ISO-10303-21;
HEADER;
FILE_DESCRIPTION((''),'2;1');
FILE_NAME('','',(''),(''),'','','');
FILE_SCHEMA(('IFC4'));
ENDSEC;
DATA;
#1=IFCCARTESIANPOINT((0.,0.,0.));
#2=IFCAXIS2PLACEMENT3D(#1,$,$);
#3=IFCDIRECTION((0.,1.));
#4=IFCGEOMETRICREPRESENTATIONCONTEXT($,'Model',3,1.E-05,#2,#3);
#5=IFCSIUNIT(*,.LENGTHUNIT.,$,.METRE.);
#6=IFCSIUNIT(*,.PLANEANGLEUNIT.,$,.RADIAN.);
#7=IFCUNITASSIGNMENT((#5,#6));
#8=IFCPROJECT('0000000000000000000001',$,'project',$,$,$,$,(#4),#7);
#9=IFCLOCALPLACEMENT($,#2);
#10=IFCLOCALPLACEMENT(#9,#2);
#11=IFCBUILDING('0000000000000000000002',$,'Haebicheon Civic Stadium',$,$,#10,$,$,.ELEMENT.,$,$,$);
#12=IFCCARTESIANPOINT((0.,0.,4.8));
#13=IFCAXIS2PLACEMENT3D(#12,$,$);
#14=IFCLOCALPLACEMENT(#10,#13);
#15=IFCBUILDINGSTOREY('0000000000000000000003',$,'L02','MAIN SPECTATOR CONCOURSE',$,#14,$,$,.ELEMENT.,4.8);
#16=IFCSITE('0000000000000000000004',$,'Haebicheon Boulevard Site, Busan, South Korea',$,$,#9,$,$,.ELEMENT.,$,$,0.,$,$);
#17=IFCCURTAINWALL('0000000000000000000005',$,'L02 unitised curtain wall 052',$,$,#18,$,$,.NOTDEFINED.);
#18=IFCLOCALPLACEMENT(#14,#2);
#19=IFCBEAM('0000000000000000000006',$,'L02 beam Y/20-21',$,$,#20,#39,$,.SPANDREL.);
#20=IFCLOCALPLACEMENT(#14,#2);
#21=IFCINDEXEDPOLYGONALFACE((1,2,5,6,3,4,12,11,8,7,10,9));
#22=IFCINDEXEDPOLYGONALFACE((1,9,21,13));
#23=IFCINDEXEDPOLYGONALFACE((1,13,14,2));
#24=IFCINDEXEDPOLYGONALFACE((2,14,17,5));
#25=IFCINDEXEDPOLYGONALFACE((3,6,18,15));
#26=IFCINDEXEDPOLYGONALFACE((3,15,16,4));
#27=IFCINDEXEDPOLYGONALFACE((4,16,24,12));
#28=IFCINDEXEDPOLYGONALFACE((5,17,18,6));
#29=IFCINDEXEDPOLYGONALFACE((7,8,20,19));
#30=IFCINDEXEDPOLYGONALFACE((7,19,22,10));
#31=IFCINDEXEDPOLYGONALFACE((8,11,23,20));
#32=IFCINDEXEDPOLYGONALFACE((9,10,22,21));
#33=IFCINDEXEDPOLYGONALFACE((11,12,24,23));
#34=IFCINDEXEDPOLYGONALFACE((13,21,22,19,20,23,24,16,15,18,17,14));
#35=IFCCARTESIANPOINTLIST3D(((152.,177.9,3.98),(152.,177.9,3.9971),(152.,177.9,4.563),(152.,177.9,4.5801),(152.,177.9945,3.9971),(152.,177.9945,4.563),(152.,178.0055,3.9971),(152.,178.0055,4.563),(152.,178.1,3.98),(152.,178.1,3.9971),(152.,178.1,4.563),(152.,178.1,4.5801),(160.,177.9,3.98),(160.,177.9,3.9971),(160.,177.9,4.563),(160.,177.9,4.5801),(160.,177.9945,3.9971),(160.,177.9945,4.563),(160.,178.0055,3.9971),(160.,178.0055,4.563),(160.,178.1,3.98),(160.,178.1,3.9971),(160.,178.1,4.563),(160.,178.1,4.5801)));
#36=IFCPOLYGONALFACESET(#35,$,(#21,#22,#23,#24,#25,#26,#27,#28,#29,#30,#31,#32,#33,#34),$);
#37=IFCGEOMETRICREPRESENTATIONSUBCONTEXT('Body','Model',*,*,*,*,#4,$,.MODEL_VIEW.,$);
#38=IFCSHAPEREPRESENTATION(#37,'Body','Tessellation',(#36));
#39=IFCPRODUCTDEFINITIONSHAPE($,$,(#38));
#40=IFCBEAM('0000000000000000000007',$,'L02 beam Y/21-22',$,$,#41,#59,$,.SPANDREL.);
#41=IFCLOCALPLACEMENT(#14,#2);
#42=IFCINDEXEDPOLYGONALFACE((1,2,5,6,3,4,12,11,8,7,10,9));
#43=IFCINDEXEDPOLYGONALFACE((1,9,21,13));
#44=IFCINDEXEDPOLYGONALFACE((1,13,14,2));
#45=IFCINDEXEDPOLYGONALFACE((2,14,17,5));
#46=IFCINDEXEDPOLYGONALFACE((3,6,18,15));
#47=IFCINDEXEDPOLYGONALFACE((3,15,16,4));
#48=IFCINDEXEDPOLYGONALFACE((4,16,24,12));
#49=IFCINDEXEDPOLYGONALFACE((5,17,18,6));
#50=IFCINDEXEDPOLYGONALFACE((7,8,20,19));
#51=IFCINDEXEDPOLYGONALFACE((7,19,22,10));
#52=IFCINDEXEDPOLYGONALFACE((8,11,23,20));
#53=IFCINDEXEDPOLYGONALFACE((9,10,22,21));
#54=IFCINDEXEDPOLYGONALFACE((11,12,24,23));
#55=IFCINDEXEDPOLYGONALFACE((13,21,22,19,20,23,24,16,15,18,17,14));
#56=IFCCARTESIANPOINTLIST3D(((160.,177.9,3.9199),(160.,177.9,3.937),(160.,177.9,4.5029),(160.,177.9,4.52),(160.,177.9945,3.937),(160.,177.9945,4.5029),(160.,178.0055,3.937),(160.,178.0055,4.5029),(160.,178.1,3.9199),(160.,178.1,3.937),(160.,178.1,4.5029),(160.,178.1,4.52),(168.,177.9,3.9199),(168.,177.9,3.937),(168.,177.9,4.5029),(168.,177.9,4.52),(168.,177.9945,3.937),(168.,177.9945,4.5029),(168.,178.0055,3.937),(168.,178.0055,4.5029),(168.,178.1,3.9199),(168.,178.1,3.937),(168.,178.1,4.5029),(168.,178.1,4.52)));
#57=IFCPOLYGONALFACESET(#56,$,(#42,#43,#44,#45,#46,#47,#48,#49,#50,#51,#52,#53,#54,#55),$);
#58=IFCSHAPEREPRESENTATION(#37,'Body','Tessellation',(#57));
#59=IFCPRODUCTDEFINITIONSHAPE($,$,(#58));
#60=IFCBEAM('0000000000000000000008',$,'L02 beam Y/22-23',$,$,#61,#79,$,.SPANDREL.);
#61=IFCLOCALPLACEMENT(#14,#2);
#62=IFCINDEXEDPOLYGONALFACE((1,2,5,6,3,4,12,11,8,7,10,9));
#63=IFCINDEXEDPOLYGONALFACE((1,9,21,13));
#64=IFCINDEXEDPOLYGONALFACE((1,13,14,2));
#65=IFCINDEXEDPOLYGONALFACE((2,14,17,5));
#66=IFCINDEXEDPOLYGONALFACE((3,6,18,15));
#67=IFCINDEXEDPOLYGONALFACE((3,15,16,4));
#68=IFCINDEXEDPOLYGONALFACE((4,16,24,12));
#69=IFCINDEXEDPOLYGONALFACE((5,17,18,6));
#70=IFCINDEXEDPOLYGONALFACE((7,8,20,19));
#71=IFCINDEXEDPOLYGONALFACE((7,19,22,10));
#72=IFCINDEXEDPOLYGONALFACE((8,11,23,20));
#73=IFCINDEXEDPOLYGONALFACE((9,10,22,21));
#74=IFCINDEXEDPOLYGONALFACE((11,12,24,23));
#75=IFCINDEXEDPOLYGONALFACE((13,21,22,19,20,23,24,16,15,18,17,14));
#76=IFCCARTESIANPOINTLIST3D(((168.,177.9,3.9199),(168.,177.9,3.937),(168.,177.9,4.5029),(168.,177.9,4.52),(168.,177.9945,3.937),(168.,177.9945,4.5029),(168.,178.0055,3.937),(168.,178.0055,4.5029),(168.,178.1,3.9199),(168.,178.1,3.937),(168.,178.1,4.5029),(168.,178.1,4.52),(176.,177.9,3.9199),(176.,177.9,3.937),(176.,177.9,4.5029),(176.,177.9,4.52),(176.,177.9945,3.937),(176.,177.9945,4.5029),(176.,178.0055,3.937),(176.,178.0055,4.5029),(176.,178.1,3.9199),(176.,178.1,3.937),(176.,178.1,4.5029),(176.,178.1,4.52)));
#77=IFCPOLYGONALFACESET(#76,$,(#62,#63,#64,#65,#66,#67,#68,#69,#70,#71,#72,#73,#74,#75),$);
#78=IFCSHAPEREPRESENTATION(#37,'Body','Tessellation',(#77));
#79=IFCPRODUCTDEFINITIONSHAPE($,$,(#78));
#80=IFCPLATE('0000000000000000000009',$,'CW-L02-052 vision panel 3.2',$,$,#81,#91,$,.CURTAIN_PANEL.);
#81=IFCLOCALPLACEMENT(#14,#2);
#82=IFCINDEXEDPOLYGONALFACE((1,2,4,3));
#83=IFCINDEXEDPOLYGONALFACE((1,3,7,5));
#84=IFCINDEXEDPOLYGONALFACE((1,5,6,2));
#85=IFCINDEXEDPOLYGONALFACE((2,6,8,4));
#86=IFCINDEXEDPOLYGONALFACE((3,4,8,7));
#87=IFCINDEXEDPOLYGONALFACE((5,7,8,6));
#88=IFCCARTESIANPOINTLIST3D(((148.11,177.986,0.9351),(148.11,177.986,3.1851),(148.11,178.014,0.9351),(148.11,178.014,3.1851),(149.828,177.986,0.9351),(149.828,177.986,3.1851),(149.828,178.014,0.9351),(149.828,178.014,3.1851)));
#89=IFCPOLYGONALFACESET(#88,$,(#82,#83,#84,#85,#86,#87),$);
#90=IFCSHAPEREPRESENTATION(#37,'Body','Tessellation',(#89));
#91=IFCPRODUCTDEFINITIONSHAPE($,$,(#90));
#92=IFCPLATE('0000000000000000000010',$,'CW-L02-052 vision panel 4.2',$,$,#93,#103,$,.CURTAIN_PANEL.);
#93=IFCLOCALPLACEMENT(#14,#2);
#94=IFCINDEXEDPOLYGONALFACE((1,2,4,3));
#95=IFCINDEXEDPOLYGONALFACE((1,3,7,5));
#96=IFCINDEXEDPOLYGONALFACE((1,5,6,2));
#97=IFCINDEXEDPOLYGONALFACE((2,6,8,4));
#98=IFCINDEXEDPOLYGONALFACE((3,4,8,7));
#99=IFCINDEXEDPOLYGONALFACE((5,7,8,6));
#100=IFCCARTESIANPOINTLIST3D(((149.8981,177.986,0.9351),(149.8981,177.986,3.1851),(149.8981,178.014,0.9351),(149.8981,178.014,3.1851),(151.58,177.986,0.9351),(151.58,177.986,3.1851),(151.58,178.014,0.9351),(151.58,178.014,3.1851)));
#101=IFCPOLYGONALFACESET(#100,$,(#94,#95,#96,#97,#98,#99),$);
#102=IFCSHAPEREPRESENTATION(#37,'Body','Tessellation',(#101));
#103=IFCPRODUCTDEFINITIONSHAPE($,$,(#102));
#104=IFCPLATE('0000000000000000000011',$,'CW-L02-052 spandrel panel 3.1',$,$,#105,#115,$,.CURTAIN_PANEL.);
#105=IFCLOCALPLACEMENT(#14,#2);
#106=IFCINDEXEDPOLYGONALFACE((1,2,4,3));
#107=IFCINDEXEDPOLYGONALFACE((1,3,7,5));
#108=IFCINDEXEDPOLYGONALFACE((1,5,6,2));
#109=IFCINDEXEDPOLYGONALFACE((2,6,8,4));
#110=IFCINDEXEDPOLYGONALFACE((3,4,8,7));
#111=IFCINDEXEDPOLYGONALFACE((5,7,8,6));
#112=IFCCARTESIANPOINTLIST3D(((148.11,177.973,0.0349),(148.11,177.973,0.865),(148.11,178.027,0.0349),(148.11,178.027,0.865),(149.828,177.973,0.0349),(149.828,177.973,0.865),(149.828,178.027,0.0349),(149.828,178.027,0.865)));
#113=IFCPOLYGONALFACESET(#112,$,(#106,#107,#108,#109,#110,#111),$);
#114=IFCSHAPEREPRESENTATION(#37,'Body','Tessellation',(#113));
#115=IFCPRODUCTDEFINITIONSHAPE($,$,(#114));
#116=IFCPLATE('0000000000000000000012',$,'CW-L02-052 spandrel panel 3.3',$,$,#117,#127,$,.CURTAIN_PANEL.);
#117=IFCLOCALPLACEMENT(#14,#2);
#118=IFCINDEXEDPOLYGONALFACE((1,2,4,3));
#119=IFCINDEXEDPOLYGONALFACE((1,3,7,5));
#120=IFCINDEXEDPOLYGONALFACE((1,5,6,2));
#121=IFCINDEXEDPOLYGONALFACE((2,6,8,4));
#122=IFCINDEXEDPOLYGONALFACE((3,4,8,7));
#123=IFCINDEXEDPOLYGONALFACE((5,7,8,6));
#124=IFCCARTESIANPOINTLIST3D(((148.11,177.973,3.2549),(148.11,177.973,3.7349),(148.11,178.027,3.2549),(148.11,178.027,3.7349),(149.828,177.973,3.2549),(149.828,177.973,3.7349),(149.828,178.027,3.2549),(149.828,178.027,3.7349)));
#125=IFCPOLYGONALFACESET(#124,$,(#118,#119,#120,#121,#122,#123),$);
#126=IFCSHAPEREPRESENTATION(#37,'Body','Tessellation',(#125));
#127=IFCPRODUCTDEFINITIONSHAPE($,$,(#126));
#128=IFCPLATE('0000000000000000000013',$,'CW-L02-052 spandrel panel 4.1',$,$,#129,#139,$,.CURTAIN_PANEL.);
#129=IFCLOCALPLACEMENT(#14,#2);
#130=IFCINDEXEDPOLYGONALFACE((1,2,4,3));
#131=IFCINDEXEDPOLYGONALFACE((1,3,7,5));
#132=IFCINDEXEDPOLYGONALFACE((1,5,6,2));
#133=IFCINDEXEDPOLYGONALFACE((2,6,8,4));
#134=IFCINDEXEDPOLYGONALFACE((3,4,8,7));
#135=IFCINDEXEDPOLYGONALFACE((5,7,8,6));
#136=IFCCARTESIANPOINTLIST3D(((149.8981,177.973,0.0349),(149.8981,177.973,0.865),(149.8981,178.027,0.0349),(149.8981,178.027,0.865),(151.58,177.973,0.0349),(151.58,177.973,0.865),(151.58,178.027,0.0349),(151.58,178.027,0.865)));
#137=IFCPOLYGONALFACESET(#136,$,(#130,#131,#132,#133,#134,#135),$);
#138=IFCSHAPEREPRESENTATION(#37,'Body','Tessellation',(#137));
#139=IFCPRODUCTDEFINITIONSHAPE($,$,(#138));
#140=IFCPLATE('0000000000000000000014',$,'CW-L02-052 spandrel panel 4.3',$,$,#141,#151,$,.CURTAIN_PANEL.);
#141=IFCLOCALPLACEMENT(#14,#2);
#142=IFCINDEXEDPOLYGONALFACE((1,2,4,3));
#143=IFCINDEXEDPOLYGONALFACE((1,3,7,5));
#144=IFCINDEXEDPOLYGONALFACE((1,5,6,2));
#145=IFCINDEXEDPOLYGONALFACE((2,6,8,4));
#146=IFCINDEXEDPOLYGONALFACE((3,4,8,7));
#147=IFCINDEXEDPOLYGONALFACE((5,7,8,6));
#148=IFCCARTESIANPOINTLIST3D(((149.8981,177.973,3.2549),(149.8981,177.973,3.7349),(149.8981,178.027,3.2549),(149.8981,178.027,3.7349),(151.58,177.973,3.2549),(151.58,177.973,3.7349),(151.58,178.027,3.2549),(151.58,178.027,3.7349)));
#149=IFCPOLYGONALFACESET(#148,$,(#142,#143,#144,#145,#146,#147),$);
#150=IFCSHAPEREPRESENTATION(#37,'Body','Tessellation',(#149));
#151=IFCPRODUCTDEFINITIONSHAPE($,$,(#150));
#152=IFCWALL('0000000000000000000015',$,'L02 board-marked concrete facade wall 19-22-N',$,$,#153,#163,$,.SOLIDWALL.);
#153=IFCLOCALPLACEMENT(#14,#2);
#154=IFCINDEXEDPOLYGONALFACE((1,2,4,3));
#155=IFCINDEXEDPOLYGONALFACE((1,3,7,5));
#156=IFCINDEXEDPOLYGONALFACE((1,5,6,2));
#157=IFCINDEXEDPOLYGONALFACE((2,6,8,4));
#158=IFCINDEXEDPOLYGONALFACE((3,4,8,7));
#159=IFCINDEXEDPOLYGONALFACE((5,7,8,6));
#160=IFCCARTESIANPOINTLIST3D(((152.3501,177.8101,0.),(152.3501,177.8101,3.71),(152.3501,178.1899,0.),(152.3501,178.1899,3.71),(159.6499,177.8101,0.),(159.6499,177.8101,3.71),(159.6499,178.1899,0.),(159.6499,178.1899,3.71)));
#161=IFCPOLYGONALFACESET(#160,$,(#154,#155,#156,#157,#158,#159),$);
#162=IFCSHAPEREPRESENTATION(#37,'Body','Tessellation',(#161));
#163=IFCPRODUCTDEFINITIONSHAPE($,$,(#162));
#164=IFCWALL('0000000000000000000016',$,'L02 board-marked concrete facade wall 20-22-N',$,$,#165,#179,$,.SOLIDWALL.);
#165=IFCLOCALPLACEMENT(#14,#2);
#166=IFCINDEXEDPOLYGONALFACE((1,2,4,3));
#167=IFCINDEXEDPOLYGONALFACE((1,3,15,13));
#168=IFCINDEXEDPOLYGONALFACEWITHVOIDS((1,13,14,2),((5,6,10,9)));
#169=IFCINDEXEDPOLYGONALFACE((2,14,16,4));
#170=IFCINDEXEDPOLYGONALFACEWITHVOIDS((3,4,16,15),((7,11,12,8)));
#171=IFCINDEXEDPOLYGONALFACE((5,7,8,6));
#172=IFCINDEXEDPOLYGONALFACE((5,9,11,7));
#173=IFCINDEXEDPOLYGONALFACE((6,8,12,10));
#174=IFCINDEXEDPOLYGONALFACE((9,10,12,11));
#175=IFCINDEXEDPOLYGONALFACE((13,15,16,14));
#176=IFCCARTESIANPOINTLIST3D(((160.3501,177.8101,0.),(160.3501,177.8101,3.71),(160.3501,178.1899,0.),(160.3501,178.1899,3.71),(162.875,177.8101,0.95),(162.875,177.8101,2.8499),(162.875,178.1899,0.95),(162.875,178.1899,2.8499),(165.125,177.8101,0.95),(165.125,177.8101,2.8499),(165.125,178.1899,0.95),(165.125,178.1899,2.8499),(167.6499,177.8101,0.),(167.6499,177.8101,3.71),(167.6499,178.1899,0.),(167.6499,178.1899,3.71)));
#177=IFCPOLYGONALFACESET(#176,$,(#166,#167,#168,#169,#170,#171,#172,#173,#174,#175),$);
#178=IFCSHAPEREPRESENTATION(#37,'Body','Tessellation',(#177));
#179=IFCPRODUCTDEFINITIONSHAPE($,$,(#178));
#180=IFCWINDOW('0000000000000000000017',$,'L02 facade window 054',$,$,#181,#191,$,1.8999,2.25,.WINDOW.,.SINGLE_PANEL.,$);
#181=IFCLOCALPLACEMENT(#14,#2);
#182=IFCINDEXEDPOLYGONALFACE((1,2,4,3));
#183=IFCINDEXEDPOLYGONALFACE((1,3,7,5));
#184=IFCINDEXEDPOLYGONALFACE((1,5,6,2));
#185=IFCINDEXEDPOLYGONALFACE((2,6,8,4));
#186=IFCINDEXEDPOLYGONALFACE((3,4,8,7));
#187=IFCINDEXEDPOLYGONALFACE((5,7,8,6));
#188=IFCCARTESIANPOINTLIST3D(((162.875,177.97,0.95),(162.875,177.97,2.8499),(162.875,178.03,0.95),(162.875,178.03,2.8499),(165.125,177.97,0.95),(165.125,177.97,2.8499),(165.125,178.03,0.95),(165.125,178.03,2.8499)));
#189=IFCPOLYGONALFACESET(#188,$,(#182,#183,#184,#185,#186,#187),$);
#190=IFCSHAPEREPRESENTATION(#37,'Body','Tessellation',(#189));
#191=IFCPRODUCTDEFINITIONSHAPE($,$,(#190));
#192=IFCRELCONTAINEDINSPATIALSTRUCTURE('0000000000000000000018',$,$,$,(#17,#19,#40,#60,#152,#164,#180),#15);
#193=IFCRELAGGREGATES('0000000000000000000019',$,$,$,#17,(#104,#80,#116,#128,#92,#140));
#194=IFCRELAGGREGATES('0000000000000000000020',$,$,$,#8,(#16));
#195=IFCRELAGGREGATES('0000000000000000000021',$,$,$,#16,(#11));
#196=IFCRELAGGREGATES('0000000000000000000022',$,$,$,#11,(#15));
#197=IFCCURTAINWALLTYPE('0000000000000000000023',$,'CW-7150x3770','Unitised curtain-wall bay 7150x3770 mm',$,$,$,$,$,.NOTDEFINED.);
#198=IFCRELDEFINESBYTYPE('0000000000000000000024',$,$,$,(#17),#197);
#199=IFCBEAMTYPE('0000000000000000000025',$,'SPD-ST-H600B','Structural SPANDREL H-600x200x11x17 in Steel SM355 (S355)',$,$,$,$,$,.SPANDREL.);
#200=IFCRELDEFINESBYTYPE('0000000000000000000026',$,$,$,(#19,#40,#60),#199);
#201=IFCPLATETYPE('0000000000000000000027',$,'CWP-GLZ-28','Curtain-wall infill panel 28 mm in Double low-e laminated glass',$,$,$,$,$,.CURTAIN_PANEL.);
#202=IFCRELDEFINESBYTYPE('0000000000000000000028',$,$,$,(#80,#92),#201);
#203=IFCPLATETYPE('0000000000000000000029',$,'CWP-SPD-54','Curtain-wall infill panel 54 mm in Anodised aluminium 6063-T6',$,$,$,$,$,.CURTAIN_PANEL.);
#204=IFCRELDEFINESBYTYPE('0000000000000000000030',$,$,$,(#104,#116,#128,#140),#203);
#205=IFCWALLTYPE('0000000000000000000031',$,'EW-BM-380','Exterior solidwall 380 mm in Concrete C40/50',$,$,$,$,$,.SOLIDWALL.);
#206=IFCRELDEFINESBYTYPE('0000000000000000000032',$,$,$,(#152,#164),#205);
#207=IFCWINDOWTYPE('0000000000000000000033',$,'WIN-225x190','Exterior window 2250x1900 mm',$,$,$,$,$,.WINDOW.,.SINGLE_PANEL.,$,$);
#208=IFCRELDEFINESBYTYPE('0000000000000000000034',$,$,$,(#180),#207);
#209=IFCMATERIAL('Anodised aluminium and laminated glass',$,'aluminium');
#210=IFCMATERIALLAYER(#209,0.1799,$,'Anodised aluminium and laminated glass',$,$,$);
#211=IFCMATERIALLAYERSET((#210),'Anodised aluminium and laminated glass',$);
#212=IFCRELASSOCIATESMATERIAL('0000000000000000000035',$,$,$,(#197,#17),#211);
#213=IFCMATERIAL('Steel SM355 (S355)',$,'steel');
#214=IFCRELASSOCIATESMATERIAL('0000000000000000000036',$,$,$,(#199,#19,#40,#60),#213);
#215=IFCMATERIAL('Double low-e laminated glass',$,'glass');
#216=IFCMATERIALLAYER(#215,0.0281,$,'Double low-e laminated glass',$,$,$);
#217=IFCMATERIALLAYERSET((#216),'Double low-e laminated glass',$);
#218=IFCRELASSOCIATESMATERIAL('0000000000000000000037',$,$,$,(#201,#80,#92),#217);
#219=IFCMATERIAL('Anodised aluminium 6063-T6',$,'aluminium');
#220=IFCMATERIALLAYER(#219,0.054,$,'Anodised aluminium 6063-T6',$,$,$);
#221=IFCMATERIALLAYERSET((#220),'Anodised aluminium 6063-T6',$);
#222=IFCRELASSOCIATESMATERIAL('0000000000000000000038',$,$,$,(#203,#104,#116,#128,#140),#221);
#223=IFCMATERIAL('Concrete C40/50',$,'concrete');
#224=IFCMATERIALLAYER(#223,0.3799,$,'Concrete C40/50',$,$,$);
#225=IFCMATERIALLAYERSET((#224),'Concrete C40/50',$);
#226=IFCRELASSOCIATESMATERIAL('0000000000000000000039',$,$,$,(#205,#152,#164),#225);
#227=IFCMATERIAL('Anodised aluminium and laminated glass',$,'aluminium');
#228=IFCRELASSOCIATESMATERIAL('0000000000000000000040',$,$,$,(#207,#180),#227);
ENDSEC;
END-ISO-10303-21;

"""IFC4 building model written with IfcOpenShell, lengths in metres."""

from ifc_helpers import new_model, si_unit, direction, frame, frame_2d, origin, origin_2d, place, context, subcontext, project, spatial, rectangle, i_section, extrude, material, layer, layer_set, material_profile, profile_set, type_object, element, fill, aggregate, save


model = new_model("IFC4")

# Units and contexts
model_context = context("Model", 3, precision=1e-05, world=origin(), true_north=direction((0.0, 1.0)))
body_context = subcontext(model_context, "Body", "Model", "MODEL_VIEW")
ifc_project = project(units=[si_unit("LENGTHUNIT", "METRE"), si_unit("PLANEANGLEUNIT", "RADIAN")], contexts=[model_context])

# Site, building, storey
site_placement = place(None, origin())
site = spatial("IfcSite", under=ifc_project, at=site_placement, Name="Haebicheon Boulevard Site, Busan, South Korea", CompositionType="ELEMENT", RefElevation=0.0)
building_placement = place(site_placement, origin())
building = spatial("IfcBuilding", under=site, at=building_placement, Name="Haebicheon Civic Stadium", CompositionType="ELEMENT")
storey_placement = place(building_placement, frame((0.0, 0.0, 4.8)))
storey = spatial("IfcBuildingStorey", under=building, at=storey_placement, Name="L02", Description="MAIN SPECTATOR CONCOURSE", CompositionType="ELEMENT", Elevation=4.8)

# Curtain wall
ifc_material_1 = material(Name="Anodised aluminium and laminated glass", Category="aluminium")
ifc_layer_1 = layer(ifc_material_1, 0.1799, Name="Anodised aluminium and laminated glass")
ifc_layer_set_1 = layer_set([ifc_layer_1], Name="Anodised aluminium and laminated glass")
curtain_wall_type = type_object("IfcCurtainWallType", Name="CW-7150x3770", Description="Unitised curtain-wall bay 7150x3770 mm", PredefinedType="NOTDEFINED", material=ifc_layer_set_1)
curtain_wall_placement = place(storey_placement, origin())
curtain_wall = element("IfcCurtainWall", 1, at=curtain_wall_placement, inside=storey, type_object=curtain_wall_type, material=ifc_layer_set_1, Name="L02 unitised curtain wall 052", PredefinedType="NOTDEFINED")

# Beams
ifc_material_2 = material(Name="Steel SM355 (S355)", Category="steel")
ifc_material_profile_1 = material_profile(ifc_material_2, i_section(OverallWidth=0.2, OverallDepth=0.6001, WebThickness=0.011, FlangeThickness=0.0171, at=origin_2d()), Name="H-600x200x11x17")
ifc_profile_set_1 = profile_set([ifc_material_profile_1], Name="Steel SM355 (S355)")
beam_type_1 = type_object("IfcBeamType", Name="SPD-ST-H600B", Description="Structural SPANDREL H-600x200x11x17 in Steel SM355 (S355)", PredefinedType="SPANDREL", material=ifc_profile_set_1)
for number, where, z_axis, x_axis, name in (
    (2, (152.0, 178.0, 4.28), (1.0, 0.0, 0.0), (0.0, 1.0, 0.0), "L02 beam Y/20-21"),
    (3, (160.0, 178.0, 4.22), (1.0, 0.0, 0.0), (0.0, 1.0, 0.0), "L02 beam Y/21-22"),
    (4, (168.0, 178.0, 4.22), (1.0, 0.0, 0.0), (0.0, 1.0, 0.0), "L02 beam Y/22-23"),
):
    element("IfcBeam", number, at=place(storey_placement, frame(where, z_axis=z_axis, x_axis=x_axis)), inside=storey, type_object=beam_type_1, material=ifc_profile_set_1, Name=name, PredefinedType="SPANDREL", context=body_context, shape_type="SweptSolid", body=[
        extrude(i_section(OverallWidth=0.2, OverallDepth=0.6001, WebThickness=0.011, FlangeThickness=0.0171, at=origin_2d()), origin(), (0.0, 0.0, 1.0), 8.0),
    ])

# Plates
ifc_material_3 = material(Name="Double low-e laminated glass", Category="glass")
ifc_layer_2 = layer(ifc_material_3, 0.0281, Name="Double low-e laminated glass")
ifc_layer_set_2 = layer_set([ifc_layer_2], Name="Double low-e laminated glass")
plate_type_1 = type_object("IfcPlateType", Name="CWP-GLZ-28", Description="Curtain-wall infill panel 28 mm in Double low-e laminated glass", PredefinedType="CURTAIN_PANEL", material=ifc_layer_set_2)
plate_1_placement = place(storey_placement, frame((148.969, 178.0, 0.9351), z_axis=(0.0, 0.0, 1.0), x_axis=(1.0, 0.0, 0.0)))
plate_1 = element("IfcPlate", 5, at=plate_1_placement, type_object=plate_type_1, material=ifc_layer_set_2, Name="CW-L02-052 vision panel 3.2", PredefinedType="CURTAIN_PANEL", context=body_context, shape_type="SweptSolid", body=[
    extrude(rectangle(XDim=1.718, YDim=0.0281, at=origin_2d()), origin(), (0.0, 0.0, 1.0), 2.25),
])
plate_2_placement = place(storey_placement, frame((150.739, 178.0, 0.9351), z_axis=(0.0, 0.0, 1.0), x_axis=(1.0, 0.0, 0.0)))
plate_2 = element("IfcPlate", 6, at=plate_2_placement, type_object=plate_type_1, material=ifc_layer_set_2, Name="CW-L02-052 vision panel 4.2", PredefinedType="CURTAIN_PANEL", context=body_context, shape_type="SweptSolid", body=[
    extrude(rectangle(XDim=1.6819, YDim=0.0281, at=origin_2d()), origin(), (0.0, 0.0, 1.0), 2.25),
])
ifc_material_4 = material(Name="Anodised aluminium 6063-T6", Category="aluminium")
ifc_layer_3 = layer(ifc_material_4, 0.054, Name="Anodised aluminium 6063-T6")
ifc_layer_set_3 = layer_set([ifc_layer_3], Name="Anodised aluminium 6063-T6")
plate_type_2 = type_object("IfcPlateType", Name="CWP-SPD-54", Description="Curtain-wall infill panel 54 mm in Anodised aluminium 6063-T6", PredefinedType="CURTAIN_PANEL", material=ifc_layer_set_3)
plate_3_placement = place(storey_placement, frame((148.969, 178.0, 0.0349), z_axis=(0.0, 0.0, 1.0), x_axis=(1.0, 0.0, 0.0)))
plate_3 = element("IfcPlate", 7, at=plate_3_placement, type_object=plate_type_2, material=ifc_layer_set_3, Name="CW-L02-052 spandrel panel 3.1", PredefinedType="CURTAIN_PANEL", context=body_context, shape_type="SweptSolid", body=[
    extrude(rectangle(XDim=1.718, YDim=0.054, at=origin_2d()), origin(), (0.0, 0.0, 1.0), 0.8301),
])
plate_4_placement = place(storey_placement, frame((148.969, 178.0, 3.2549), z_axis=(0.0, 0.0, 1.0), x_axis=(1.0, 0.0, 0.0)))
plate_4 = element("IfcPlate", 8, at=plate_4_placement, type_object=plate_type_2, material=ifc_layer_set_3, Name="CW-L02-052 spandrel panel 3.3", PredefinedType="CURTAIN_PANEL", context=body_context, shape_type="SweptSolid", body=[
    extrude(rectangle(XDim=1.718, YDim=0.054, at=origin_2d()), origin(), (0.0, 0.0, 1.0), 0.48),
])
plate_5_placement = place(storey_placement, frame((150.739, 178.0, 0.0349), z_axis=(0.0, 0.0, 1.0), x_axis=(1.0, 0.0, 0.0)))
plate_5 = element("IfcPlate", 9, at=plate_5_placement, type_object=plate_type_2, material=ifc_layer_set_3, Name="CW-L02-052 spandrel panel 4.1", PredefinedType="CURTAIN_PANEL", context=body_context, shape_type="SweptSolid", body=[
    extrude(rectangle(XDim=1.6819, YDim=0.054, at=origin_2d()), origin(), (0.0, 0.0, 1.0), 0.8301),
])
plate_6_placement = place(storey_placement, frame((150.739, 178.0, 3.2549), z_axis=(0.0, 0.0, 1.0), x_axis=(1.0, 0.0, 0.0)))
plate_6 = element("IfcPlate", 10, at=plate_6_placement, type_object=plate_type_2, material=ifc_layer_set_3, Name="CW-L02-052 spandrel panel 4.3", PredefinedType="CURTAIN_PANEL", context=body_context, shape_type="SweptSolid", body=[
    extrude(rectangle(XDim=1.6819, YDim=0.054, at=origin_2d()), origin(), (0.0, 0.0, 1.0), 0.48),
])
aggregate(curtain_wall, [plate_3, plate_1, plate_4, plate_5, plate_2, plate_6])

# Wall
ifc_material_5 = material(Name="Concrete C40/50", Category="concrete")
ifc_layer_4 = layer(ifc_material_5, 0.3799, Name="Concrete C40/50")
ifc_layer_set_4 = layer_set([ifc_layer_4], Name="Concrete C40/50")
wall_type = type_object("IfcWallType", Name="EW-BM-380", Description="Exterior solidwall 380 mm in Concrete C40/50", PredefinedType="SOLIDWALL", material=ifc_layer_set_4)
wall_1_placement = place(storey_placement, frame((152.3501, 178.0, 0.0), z_axis=(0.0, 0.0, 1.0), x_axis=(1.0, 0.0, 0.0)))
element("IfcWall", 11, at=wall_1_placement, inside=storey, type_object=wall_type, material=ifc_layer_set_4, Name="L02 board-marked concrete facade wall 19-22-N", PredefinedType="SOLIDWALL", context=body_context, shape_type="SweptSolid", body=[
    extrude(rectangle(XDim=7.2998, YDim=0.3799, at=frame_2d((3.6499, 0.0))), origin(), (0.0, 0.0, 1.0), 3.71),
])

# Wall, opening, window
wall_2_placement = place(storey_placement, frame((160.3501, 178.0, 0.0), z_axis=(0.0, 0.0, 1.0), x_axis=(1.0, 0.0, 0.0)))
wall_2 = element("IfcWall", 12, at=wall_2_placement, inside=storey, type_object=wall_type, material=ifc_layer_set_4, Name="L02 board-marked concrete facade wall 20-22-N", PredefinedType="SOLIDWALL", context=body_context, shape_type="SweptSolid", body=[
    extrude(rectangle(XDim=7.2998, YDim=0.3799, at=frame_2d((3.6499, 0.0))), origin(), (0.0, 0.0, 1.0), 3.71),
])
opening_placement = place(wall_2_placement, frame((2.5249, 0.0, 0.95)))
opening = element("IfcOpeningElement", 13, at=opening_placement, cuts=wall_2, PredefinedType="OPENING", context=body_context, shape_type="SweptSolid", body=[
    extrude(rectangle(XDim=2.25, YDim=1.8999, at=frame_2d((1.125, 0.95))), frame((0.0, 0.2, 0.0), z_axis=(0.0, -1.0, 0.0), x_axis=(1.0, 0.0, 0.0)), (0.0, 0.0, 1.0), 0.3999),
])
ifc_material_6 = material(Name="Anodised aluminium and laminated glass", Category="aluminium")
window_type = type_object("IfcWindowType", Name="WIN-225x190", Description="Exterior window 2250x1900 mm", PartitioningType="SINGLE_PANEL", PredefinedType="WINDOW", material=ifc_material_6)
window_placement = place(opening_placement, origin())
window = element("IfcWindow", 14, at=window_placement, inside=storey, type_object=window_type, material=ifc_material_6, Name="L02 facade window 054", OverallHeight=1.8999, OverallWidth=2.25, PartitioningType="SINGLE_PANEL", PredefinedType="WINDOW", context=body_context, shape_type="SweptSolid", body=[
    extrude(rectangle(XDim=2.25, YDim=1.8999, at=frame_2d((1.125, 0.95))), frame((0.0, 0.03, 0.0), z_axis=(0.0, -1.0, 0.0), x_axis=(1.0, 0.0, 0.0)), (0.0, 0.0, 1.0), 0.0601),
])
fill(opening, window)

save(model, "model.ifc")
